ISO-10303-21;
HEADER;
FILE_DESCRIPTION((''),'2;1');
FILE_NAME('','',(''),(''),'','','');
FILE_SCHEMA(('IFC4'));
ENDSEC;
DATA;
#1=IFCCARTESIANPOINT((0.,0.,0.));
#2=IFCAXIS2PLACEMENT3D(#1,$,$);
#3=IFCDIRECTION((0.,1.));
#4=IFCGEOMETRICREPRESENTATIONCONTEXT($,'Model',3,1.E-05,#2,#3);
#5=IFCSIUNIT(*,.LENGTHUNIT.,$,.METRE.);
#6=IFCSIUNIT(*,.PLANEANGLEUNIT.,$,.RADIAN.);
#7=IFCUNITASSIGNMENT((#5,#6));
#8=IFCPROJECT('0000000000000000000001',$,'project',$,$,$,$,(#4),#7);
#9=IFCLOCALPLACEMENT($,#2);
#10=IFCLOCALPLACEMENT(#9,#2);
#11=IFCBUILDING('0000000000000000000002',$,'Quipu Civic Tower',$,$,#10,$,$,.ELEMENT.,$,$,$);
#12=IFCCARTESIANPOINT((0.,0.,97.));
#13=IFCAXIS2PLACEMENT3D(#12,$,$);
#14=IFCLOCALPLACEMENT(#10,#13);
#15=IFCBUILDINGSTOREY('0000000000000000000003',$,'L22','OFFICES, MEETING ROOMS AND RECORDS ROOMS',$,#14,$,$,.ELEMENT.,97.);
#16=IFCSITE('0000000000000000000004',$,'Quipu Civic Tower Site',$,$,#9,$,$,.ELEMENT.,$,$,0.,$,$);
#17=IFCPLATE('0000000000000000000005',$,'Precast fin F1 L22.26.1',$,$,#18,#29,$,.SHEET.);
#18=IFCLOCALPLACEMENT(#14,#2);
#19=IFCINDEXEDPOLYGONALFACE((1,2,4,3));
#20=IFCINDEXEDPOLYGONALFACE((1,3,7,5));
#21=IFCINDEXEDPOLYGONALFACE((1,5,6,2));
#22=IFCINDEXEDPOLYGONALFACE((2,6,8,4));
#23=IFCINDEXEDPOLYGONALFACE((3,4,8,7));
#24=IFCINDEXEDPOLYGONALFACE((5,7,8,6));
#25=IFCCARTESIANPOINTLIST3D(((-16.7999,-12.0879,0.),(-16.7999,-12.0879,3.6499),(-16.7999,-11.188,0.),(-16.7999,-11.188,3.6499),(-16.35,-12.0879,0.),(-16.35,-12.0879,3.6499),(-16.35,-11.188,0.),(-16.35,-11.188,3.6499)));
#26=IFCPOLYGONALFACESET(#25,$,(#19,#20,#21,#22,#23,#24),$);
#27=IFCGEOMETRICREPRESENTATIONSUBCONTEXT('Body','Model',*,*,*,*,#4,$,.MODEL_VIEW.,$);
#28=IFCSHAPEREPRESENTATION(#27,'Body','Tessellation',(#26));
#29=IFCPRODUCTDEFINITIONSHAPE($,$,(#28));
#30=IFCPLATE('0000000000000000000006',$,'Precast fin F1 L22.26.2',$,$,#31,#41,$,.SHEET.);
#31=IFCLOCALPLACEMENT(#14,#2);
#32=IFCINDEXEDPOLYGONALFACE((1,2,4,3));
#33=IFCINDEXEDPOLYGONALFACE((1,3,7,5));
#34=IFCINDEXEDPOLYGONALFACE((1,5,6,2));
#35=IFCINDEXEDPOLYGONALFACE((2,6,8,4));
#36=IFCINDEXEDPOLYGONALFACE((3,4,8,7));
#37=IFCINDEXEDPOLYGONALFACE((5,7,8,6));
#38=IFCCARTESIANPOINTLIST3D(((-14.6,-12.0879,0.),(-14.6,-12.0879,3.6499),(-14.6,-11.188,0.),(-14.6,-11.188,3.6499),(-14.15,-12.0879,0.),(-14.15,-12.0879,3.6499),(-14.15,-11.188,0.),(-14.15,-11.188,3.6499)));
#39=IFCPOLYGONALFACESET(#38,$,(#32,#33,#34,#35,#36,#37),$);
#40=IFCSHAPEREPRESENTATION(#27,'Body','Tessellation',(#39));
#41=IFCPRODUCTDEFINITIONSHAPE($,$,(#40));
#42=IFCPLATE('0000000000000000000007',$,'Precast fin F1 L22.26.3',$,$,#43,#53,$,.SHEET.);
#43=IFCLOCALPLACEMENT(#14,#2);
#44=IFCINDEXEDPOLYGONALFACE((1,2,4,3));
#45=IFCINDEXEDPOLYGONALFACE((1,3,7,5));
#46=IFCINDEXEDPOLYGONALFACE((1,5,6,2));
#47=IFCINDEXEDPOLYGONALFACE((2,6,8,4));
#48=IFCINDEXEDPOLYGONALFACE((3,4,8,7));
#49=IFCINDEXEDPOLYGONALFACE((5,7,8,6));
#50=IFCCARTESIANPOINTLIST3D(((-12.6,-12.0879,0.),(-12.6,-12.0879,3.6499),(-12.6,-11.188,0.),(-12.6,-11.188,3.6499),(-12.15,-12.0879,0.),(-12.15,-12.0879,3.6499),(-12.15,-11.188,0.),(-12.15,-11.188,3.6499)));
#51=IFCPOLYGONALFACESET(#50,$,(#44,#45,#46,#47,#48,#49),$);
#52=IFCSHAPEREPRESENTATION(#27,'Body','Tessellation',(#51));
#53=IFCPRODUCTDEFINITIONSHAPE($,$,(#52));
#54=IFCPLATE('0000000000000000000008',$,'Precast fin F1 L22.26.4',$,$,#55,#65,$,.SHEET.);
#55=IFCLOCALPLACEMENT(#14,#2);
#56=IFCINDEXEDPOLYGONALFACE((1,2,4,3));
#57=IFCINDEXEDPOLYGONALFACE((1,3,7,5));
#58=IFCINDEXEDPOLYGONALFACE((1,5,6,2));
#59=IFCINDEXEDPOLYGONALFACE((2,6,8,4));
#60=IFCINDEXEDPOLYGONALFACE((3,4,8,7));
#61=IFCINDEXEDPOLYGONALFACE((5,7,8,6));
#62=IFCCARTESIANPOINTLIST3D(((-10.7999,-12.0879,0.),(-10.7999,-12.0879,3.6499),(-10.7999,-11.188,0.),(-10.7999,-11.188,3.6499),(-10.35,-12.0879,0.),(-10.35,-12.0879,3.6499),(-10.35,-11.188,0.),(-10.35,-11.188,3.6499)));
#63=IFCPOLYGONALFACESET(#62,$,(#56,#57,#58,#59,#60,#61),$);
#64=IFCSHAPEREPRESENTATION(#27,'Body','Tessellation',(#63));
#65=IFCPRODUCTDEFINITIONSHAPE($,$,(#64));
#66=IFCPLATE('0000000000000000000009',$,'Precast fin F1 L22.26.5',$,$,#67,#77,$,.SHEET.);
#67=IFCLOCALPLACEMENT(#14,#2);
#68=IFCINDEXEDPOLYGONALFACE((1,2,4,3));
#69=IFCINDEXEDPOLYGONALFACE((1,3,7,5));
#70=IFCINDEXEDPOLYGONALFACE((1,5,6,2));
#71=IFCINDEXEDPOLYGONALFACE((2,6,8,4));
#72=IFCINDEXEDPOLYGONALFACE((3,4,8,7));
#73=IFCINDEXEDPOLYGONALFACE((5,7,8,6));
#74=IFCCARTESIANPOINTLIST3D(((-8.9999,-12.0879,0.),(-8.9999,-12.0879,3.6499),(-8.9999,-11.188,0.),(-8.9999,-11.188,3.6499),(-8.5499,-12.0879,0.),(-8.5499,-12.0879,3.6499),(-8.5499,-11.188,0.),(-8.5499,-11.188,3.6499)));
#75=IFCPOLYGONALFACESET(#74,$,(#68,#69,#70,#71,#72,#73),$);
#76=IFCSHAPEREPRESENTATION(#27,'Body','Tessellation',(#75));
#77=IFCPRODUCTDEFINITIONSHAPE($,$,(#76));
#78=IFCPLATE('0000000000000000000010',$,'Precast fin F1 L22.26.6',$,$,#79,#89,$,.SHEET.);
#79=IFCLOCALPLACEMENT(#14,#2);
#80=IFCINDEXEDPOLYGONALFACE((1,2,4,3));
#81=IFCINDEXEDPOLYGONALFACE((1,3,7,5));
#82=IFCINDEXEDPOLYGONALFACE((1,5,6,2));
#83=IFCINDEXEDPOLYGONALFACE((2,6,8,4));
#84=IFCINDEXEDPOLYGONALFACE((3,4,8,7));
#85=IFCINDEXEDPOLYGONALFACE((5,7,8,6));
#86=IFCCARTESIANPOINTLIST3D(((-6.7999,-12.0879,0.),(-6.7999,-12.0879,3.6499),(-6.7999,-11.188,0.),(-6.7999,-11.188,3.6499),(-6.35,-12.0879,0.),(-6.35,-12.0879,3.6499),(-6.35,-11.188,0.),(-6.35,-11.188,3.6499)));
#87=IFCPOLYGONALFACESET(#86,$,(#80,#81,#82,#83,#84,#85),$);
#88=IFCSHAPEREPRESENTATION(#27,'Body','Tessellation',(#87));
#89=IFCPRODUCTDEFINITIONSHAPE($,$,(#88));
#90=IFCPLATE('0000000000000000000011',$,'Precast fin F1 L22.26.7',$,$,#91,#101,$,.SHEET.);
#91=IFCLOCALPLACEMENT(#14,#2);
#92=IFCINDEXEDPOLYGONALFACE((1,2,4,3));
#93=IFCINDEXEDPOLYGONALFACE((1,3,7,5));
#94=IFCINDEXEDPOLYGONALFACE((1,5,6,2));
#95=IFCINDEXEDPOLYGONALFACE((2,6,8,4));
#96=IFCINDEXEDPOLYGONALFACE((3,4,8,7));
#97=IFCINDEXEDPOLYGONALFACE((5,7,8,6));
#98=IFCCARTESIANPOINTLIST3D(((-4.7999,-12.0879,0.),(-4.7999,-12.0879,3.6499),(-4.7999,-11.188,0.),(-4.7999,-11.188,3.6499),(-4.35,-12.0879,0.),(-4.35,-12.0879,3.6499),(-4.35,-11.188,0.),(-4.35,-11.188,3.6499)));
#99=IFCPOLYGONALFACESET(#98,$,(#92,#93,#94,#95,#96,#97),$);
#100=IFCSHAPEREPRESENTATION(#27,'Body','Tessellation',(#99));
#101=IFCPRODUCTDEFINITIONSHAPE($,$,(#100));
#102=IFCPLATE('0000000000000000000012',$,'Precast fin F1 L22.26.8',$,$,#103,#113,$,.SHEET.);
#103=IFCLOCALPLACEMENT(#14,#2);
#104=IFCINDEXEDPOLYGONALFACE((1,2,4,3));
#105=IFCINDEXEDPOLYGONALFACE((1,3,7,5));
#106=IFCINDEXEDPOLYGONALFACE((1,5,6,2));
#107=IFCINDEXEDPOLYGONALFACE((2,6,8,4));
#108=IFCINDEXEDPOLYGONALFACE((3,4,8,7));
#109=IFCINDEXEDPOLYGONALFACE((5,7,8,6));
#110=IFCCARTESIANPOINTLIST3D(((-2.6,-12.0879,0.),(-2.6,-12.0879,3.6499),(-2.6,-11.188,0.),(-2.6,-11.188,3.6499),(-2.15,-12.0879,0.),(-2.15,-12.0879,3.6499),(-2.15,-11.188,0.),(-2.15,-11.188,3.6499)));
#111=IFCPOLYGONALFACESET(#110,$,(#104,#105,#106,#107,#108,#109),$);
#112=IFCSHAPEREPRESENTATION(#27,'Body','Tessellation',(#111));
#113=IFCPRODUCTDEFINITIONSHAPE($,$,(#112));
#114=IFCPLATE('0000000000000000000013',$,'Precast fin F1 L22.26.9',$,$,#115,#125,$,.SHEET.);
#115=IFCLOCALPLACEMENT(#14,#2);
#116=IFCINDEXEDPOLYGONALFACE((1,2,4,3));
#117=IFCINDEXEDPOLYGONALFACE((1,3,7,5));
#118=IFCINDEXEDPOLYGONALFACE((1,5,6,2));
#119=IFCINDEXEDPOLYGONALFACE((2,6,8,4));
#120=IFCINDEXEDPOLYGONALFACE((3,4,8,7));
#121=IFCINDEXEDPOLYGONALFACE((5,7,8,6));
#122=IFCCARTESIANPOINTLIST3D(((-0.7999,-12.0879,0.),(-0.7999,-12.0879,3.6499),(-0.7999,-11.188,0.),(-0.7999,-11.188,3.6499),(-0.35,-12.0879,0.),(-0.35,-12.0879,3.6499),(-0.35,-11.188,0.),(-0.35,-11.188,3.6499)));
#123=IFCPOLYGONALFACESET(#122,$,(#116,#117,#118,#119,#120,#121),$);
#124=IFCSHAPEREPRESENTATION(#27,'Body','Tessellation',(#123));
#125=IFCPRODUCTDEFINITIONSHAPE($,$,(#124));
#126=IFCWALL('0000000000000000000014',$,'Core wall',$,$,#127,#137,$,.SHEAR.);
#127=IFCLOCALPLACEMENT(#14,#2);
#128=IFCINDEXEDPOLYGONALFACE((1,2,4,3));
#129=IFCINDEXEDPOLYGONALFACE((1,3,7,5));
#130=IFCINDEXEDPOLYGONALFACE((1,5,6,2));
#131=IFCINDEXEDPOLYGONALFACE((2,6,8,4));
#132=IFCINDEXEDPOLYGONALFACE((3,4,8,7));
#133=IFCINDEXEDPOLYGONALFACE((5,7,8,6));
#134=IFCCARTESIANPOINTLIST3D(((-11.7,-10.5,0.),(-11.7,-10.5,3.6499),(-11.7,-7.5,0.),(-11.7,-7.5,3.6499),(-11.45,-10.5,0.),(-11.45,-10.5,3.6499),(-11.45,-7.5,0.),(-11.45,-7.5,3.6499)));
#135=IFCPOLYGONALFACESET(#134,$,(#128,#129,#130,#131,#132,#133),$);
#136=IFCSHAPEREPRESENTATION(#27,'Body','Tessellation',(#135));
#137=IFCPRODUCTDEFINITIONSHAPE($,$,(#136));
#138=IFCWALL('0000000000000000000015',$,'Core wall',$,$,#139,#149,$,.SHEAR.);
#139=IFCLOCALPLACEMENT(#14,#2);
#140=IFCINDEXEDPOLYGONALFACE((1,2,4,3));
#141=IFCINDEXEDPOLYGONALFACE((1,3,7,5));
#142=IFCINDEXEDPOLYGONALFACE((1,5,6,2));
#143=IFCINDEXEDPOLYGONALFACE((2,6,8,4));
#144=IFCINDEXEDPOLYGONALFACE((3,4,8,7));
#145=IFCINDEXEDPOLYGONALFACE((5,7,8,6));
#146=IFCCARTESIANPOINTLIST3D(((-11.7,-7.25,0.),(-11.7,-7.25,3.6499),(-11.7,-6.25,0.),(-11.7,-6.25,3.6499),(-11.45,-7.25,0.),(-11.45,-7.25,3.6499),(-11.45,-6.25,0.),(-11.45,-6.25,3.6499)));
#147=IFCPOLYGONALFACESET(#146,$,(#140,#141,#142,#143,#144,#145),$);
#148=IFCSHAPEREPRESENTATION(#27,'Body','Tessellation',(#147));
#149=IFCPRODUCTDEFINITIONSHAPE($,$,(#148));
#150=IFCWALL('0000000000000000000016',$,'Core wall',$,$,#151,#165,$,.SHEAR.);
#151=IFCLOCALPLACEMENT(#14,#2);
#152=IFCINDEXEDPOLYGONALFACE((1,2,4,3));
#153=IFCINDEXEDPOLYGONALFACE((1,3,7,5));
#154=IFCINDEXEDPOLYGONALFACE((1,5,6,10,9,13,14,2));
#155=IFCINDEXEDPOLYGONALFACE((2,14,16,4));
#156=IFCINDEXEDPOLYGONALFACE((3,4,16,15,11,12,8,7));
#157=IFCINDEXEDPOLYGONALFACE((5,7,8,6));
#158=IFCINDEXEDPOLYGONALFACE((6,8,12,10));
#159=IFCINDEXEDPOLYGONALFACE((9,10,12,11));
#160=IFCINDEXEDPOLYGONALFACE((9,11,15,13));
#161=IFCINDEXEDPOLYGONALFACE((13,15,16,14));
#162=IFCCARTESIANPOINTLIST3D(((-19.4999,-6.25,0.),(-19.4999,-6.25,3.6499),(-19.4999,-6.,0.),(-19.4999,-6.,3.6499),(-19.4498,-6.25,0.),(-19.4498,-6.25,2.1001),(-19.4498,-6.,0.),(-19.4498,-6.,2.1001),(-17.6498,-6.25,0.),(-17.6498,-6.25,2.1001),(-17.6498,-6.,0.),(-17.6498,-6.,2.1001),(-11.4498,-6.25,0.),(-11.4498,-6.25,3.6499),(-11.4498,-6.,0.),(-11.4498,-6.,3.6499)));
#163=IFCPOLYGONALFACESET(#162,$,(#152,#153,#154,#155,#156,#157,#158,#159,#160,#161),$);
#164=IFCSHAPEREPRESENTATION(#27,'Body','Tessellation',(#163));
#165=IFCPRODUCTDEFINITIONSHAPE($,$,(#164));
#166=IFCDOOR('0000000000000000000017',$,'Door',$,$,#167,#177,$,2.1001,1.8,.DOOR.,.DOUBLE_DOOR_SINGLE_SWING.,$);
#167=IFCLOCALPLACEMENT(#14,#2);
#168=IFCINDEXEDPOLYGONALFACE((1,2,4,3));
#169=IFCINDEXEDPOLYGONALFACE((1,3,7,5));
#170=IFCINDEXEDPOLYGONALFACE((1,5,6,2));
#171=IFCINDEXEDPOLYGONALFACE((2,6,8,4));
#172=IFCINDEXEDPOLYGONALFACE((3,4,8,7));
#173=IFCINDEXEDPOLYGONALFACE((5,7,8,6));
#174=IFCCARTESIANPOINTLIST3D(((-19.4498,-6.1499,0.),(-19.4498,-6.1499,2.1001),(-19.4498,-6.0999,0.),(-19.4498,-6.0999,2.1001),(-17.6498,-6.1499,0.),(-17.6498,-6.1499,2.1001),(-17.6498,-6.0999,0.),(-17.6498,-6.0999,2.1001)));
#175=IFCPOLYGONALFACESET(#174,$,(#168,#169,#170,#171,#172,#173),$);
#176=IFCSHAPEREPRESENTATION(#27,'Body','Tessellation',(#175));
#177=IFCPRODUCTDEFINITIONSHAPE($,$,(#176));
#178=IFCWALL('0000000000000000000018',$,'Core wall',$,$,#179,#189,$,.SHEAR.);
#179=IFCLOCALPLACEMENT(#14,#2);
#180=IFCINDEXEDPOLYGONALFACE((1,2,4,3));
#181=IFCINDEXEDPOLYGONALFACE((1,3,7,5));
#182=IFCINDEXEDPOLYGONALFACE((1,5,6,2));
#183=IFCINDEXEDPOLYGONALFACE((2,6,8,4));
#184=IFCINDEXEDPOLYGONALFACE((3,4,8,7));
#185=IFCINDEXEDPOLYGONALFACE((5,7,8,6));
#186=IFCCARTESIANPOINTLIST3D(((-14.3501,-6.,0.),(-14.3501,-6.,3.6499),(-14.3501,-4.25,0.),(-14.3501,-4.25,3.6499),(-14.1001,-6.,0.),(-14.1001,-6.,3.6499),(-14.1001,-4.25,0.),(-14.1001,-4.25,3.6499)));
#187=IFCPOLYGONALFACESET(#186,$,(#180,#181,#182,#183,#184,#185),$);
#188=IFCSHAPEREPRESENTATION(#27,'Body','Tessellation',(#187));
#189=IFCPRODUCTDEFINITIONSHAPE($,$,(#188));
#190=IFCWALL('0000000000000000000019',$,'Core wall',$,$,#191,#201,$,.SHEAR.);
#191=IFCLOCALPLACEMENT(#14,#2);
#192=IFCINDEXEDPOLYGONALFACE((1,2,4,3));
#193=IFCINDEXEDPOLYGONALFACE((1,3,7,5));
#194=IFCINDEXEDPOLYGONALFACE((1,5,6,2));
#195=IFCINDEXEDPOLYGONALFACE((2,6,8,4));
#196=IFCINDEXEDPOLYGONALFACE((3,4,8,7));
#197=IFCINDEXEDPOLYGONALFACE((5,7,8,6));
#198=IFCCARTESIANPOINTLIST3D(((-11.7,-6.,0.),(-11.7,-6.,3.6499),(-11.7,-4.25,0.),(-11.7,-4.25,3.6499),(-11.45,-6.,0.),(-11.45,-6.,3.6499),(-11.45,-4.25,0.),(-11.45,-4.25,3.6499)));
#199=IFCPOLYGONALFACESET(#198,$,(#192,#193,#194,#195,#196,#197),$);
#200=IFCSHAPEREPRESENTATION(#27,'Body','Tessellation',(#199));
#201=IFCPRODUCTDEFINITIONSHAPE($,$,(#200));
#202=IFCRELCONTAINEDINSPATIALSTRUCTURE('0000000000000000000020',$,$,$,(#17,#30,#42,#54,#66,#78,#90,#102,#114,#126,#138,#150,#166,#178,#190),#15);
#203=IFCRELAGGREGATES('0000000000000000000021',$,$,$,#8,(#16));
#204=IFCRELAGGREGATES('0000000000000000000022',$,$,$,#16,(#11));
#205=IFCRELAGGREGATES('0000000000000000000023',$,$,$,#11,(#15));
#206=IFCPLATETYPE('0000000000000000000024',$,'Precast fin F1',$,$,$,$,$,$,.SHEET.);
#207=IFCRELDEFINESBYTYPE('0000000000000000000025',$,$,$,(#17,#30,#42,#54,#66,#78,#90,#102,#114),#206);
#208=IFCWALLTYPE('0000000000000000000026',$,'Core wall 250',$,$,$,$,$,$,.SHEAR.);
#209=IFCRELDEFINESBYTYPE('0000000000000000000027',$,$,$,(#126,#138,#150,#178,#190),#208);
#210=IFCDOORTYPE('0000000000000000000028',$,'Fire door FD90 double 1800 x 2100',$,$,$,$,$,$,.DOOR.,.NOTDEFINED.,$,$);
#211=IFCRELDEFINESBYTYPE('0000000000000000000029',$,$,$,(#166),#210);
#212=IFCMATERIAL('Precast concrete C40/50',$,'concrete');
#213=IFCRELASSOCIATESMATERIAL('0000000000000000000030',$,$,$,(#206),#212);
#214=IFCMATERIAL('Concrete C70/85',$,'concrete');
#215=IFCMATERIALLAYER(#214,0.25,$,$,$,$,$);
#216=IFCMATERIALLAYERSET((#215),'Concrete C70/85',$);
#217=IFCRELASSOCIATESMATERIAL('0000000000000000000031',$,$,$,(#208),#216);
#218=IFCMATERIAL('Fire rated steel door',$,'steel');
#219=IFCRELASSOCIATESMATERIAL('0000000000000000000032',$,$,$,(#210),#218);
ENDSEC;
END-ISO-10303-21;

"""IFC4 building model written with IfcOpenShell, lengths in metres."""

from ifc_helpers import new_model, si_unit, direction, frame, frame_2d, origin, origin_2d, place, context, subcontext, project, spatial, rectangle, extrude, material, layer, layer_set, type_object, element, fill, save


model = new_model("IFC4")

# Units and contexts
model_context = context("Model", 3, precision=1e-05, world=origin(), true_north=direction((0.0, 1.0)))
body_context = subcontext(model_context, "Body", "Model", "MODEL_VIEW")
ifc_project = project(units=[si_unit("LENGTHUNIT", "METRE"), si_unit("PLANEANGLEUNIT", "RADIAN")], contexts=[model_context])

# Site, building, storey
site_placement = place(None, origin())
site = spatial("IfcSite", under=ifc_project, at=site_placement, Name="Quipu Civic Tower Site", CompositionType="ELEMENT", RefElevation=0.0)
building_placement = place(site_placement, origin())
building = spatial("IfcBuilding", under=site, at=building_placement, Name="Quipu Civic Tower", CompositionType="ELEMENT")
storey_placement = place(building_placement, frame((0.0, 0.0, 97.0)))
storey = spatial("IfcBuildingStorey", under=building, at=storey_placement, Name="L22", Description="OFFICES, MEETING ROOMS AND RECORDS ROOMS", CompositionType="ELEMENT", Elevation=97.0)

# Plates
ifc_material_1 = material(Name="Precast concrete C40/50", Category="concrete")
plate_type = type_object("IfcPlateType", Name="Precast fin F1", PredefinedType="SHEET", material=ifc_material_1)
for number, where, z_axis, x_axis, name in (
    (1, (-16.575, -11.6379, 0.0), (0.0, 0.0, 1.0), (1.0, 0.0, 0.0), "Precast fin F1 L22.26.1"),
    (2, (-14.375, -11.6379, 0.0), (0.0, 0.0, 1.0), (1.0, 0.0, 0.0), "Precast fin F1 L22.26.2"),
    (3, (-12.375, -11.6379, 0.0), (0.0, 0.0, 1.0), (1.0, 0.0, 0.0), "Precast fin F1 L22.26.3"),
    (4, (-10.575, -11.6379, 0.0), (0.0, 0.0, 1.0), (1.0, 0.0, 0.0), "Precast fin F1 L22.26.4"),
    (5, (-8.7749, -11.6379, 0.0), (0.0, 0.0, 1.0), (1.0, 0.0, 0.0), "Precast fin F1 L22.26.5"),
    (6, (-6.575, -11.6379, 0.0), (0.0, 0.0, 1.0), (1.0, 0.0, 0.0), "Precast fin F1 L22.26.6"),
    (7, (-4.575, -11.6379, 0.0), (0.0, 0.0, 1.0), (1.0, 0.0, 0.0), "Precast fin F1 L22.26.7"),
    (8, (-2.375, -11.6379, 0.0), (0.0, 0.0, 1.0), (1.0, 0.0, 0.0), "Precast fin F1 L22.26.8"),
    (9, (-0.575, -11.6379, 0.0), (0.0, 0.0, 1.0), (1.0, 0.0, 0.0), "Precast fin F1 L22.26.9"),
):
    element("IfcPlate", number, at=place(storey_placement, frame(where, z_axis=z_axis, x_axis=x_axis)), inside=storey, type_object=plate_type, Name=name, PredefinedType="SHEET", context=body_context, shape_type="SweptSolid", body=[
        extrude(rectangle(XDim=0.45, YDim=0.8999, at=origin_2d()), origin(), (0.0, 0.0, 1.0), 3.6499),
    ])

# Walls
ifc_material_2 = material(Name="Concrete C70/85", Category="concrete")
ifc_layer_1 = layer(ifc_material_2, 0.25)
ifc_layer_set_1 = layer_set([ifc_layer_1], Name="Concrete C70/85")
wall_type_1 = type_object("IfcWallType", Name="Core wall 250", PredefinedType="SHEAR", material=ifc_layer_set_1)
wall_1_placement = place(storey_placement, frame((-11.575, -10.5, 0.0), z_axis=(0.0, 0.0, 1.0), x_axis=(0.0, 1.0, 0.0)))
element("IfcWall", 10, at=wall_1_placement, inside=storey, type_object=wall_type_1, Name="Core wall", PredefinedType="SHEAR", context=body_context, shape_type="SweptSolid", body=[
    extrude(rectangle(XDim=3.0, YDim=0.25, at=frame_2d((1.5, 0.0))), origin(), (0.0, 0.0, 1.0), 3.6499),
])
wall_2_placement = place(storey_placement, frame((-11.575, -7.25, 0.0), z_axis=(0.0, 0.0, 1.0), x_axis=(0.0, 1.0, 0.0)))
element("IfcWall", 11, at=wall_2_placement, inside=storey, type_object=wall_type_1, Name="Core wall", PredefinedType="SHEAR", context=body_context, shape_type="SweptSolid", body=[
    extrude(rectangle(XDim=1.0, YDim=0.25, at=frame_2d((0.5, 0.0))), origin(), (0.0, 0.0, 1.0), 3.6499),
])

# Wall, opening, door
wall_3_placement = place(storey_placement, frame((-11.45, -6.125, 0.0), z_axis=(0.0, 0.0, 1.0), x_axis=(-1.0, 0.0, 0.0)))
wall_3 = element("IfcWall", 12, at=wall_3_placement, inside=storey, type_object=wall_type_1, Name="Core wall", PredefinedType="SHEAR", context=body_context, shape_type="SweptSolid", body=[
    extrude(rectangle(XDim=8.05, YDim=0.25, at=frame_2d((4.0249, 0.0))), origin(), (0.0, 0.0, 1.0), 3.6499),
])
opening_1_placement = place(wall_3_placement, frame((6.2, 0.0, 0.0)))
opening_1 = element("IfcOpeningElement", 13, at=opening_1_placement, cuts=wall_3, PredefinedType="OPENING", context=body_context, shape_type="SweptSolid", body=[
    extrude(rectangle(XDim=1.8, YDim=2.1001, at=frame_2d((0.8999, 1.05))), frame((0.0, 0.135, 0.0), z_axis=(0.0, -1.0, 0.0), x_axis=(1.0, 0.0, 0.0)), (0.0, 0.0, 1.0), 0.27),
])
ifc_material_3 = material(Name="Fire rated steel door", Category="steel")
door_type_1 = type_object("IfcDoorType", Name="Fire door FD90 double 1800 x 2100", OperationType="NOTDEFINED", PredefinedType="DOOR", material=ifc_material_3)
door_1_placement = place(opening_1_placement, origin())
door_1 = element("IfcDoor", 14, at=door_1_placement, inside=storey, type_object=door_type_1, Name="Door", OperationType="DOUBLE_DOOR_SINGLE_SWING", OverallHeight=2.1001, OverallWidth=1.8, PredefinedType="DOOR", context=body_context, shape_type="SweptSolid", body=[
    extrude(rectangle(XDim=1.8, YDim=2.1001, at=frame_2d((0.8999, 1.05))), frame((0.0, 0.0249, 0.0), z_axis=(0.0, -1.0, 0.0), x_axis=(1.0, 0.0, 0.0)), (0.0, 0.0, 1.0), 0.05),
])
fill(opening_1, door_1)

# Walls
for number, where, z_axis, x_axis, name in (
    (15, (-14.2251, -6.0, 0.0), (0.0, 0.0, 1.0), (0.0, 1.0, 0.0), "Core wall"),
    (16, (-11.575, -6.0, 0.0), (0.0, 0.0, 1.0), (0.0, 1.0, 0.0), "Core wall"),
):
    element("IfcWall", number, at=place(storey_placement, frame(where, z_axis=z_axis, x_axis=x_axis)), inside=storey, type_object=wall_type_1, Name=name, PredefinedType="SHEAR", context=body_context, shape_type="SweptSolid", body=[
        extrude(rectangle(XDim=1.75, YDim=0.25, at=frame_2d((0.875, 0.0))), origin(), (0.0, 0.0, 1.0), 3.6499),
    ])

save(model, "model.ifc")
